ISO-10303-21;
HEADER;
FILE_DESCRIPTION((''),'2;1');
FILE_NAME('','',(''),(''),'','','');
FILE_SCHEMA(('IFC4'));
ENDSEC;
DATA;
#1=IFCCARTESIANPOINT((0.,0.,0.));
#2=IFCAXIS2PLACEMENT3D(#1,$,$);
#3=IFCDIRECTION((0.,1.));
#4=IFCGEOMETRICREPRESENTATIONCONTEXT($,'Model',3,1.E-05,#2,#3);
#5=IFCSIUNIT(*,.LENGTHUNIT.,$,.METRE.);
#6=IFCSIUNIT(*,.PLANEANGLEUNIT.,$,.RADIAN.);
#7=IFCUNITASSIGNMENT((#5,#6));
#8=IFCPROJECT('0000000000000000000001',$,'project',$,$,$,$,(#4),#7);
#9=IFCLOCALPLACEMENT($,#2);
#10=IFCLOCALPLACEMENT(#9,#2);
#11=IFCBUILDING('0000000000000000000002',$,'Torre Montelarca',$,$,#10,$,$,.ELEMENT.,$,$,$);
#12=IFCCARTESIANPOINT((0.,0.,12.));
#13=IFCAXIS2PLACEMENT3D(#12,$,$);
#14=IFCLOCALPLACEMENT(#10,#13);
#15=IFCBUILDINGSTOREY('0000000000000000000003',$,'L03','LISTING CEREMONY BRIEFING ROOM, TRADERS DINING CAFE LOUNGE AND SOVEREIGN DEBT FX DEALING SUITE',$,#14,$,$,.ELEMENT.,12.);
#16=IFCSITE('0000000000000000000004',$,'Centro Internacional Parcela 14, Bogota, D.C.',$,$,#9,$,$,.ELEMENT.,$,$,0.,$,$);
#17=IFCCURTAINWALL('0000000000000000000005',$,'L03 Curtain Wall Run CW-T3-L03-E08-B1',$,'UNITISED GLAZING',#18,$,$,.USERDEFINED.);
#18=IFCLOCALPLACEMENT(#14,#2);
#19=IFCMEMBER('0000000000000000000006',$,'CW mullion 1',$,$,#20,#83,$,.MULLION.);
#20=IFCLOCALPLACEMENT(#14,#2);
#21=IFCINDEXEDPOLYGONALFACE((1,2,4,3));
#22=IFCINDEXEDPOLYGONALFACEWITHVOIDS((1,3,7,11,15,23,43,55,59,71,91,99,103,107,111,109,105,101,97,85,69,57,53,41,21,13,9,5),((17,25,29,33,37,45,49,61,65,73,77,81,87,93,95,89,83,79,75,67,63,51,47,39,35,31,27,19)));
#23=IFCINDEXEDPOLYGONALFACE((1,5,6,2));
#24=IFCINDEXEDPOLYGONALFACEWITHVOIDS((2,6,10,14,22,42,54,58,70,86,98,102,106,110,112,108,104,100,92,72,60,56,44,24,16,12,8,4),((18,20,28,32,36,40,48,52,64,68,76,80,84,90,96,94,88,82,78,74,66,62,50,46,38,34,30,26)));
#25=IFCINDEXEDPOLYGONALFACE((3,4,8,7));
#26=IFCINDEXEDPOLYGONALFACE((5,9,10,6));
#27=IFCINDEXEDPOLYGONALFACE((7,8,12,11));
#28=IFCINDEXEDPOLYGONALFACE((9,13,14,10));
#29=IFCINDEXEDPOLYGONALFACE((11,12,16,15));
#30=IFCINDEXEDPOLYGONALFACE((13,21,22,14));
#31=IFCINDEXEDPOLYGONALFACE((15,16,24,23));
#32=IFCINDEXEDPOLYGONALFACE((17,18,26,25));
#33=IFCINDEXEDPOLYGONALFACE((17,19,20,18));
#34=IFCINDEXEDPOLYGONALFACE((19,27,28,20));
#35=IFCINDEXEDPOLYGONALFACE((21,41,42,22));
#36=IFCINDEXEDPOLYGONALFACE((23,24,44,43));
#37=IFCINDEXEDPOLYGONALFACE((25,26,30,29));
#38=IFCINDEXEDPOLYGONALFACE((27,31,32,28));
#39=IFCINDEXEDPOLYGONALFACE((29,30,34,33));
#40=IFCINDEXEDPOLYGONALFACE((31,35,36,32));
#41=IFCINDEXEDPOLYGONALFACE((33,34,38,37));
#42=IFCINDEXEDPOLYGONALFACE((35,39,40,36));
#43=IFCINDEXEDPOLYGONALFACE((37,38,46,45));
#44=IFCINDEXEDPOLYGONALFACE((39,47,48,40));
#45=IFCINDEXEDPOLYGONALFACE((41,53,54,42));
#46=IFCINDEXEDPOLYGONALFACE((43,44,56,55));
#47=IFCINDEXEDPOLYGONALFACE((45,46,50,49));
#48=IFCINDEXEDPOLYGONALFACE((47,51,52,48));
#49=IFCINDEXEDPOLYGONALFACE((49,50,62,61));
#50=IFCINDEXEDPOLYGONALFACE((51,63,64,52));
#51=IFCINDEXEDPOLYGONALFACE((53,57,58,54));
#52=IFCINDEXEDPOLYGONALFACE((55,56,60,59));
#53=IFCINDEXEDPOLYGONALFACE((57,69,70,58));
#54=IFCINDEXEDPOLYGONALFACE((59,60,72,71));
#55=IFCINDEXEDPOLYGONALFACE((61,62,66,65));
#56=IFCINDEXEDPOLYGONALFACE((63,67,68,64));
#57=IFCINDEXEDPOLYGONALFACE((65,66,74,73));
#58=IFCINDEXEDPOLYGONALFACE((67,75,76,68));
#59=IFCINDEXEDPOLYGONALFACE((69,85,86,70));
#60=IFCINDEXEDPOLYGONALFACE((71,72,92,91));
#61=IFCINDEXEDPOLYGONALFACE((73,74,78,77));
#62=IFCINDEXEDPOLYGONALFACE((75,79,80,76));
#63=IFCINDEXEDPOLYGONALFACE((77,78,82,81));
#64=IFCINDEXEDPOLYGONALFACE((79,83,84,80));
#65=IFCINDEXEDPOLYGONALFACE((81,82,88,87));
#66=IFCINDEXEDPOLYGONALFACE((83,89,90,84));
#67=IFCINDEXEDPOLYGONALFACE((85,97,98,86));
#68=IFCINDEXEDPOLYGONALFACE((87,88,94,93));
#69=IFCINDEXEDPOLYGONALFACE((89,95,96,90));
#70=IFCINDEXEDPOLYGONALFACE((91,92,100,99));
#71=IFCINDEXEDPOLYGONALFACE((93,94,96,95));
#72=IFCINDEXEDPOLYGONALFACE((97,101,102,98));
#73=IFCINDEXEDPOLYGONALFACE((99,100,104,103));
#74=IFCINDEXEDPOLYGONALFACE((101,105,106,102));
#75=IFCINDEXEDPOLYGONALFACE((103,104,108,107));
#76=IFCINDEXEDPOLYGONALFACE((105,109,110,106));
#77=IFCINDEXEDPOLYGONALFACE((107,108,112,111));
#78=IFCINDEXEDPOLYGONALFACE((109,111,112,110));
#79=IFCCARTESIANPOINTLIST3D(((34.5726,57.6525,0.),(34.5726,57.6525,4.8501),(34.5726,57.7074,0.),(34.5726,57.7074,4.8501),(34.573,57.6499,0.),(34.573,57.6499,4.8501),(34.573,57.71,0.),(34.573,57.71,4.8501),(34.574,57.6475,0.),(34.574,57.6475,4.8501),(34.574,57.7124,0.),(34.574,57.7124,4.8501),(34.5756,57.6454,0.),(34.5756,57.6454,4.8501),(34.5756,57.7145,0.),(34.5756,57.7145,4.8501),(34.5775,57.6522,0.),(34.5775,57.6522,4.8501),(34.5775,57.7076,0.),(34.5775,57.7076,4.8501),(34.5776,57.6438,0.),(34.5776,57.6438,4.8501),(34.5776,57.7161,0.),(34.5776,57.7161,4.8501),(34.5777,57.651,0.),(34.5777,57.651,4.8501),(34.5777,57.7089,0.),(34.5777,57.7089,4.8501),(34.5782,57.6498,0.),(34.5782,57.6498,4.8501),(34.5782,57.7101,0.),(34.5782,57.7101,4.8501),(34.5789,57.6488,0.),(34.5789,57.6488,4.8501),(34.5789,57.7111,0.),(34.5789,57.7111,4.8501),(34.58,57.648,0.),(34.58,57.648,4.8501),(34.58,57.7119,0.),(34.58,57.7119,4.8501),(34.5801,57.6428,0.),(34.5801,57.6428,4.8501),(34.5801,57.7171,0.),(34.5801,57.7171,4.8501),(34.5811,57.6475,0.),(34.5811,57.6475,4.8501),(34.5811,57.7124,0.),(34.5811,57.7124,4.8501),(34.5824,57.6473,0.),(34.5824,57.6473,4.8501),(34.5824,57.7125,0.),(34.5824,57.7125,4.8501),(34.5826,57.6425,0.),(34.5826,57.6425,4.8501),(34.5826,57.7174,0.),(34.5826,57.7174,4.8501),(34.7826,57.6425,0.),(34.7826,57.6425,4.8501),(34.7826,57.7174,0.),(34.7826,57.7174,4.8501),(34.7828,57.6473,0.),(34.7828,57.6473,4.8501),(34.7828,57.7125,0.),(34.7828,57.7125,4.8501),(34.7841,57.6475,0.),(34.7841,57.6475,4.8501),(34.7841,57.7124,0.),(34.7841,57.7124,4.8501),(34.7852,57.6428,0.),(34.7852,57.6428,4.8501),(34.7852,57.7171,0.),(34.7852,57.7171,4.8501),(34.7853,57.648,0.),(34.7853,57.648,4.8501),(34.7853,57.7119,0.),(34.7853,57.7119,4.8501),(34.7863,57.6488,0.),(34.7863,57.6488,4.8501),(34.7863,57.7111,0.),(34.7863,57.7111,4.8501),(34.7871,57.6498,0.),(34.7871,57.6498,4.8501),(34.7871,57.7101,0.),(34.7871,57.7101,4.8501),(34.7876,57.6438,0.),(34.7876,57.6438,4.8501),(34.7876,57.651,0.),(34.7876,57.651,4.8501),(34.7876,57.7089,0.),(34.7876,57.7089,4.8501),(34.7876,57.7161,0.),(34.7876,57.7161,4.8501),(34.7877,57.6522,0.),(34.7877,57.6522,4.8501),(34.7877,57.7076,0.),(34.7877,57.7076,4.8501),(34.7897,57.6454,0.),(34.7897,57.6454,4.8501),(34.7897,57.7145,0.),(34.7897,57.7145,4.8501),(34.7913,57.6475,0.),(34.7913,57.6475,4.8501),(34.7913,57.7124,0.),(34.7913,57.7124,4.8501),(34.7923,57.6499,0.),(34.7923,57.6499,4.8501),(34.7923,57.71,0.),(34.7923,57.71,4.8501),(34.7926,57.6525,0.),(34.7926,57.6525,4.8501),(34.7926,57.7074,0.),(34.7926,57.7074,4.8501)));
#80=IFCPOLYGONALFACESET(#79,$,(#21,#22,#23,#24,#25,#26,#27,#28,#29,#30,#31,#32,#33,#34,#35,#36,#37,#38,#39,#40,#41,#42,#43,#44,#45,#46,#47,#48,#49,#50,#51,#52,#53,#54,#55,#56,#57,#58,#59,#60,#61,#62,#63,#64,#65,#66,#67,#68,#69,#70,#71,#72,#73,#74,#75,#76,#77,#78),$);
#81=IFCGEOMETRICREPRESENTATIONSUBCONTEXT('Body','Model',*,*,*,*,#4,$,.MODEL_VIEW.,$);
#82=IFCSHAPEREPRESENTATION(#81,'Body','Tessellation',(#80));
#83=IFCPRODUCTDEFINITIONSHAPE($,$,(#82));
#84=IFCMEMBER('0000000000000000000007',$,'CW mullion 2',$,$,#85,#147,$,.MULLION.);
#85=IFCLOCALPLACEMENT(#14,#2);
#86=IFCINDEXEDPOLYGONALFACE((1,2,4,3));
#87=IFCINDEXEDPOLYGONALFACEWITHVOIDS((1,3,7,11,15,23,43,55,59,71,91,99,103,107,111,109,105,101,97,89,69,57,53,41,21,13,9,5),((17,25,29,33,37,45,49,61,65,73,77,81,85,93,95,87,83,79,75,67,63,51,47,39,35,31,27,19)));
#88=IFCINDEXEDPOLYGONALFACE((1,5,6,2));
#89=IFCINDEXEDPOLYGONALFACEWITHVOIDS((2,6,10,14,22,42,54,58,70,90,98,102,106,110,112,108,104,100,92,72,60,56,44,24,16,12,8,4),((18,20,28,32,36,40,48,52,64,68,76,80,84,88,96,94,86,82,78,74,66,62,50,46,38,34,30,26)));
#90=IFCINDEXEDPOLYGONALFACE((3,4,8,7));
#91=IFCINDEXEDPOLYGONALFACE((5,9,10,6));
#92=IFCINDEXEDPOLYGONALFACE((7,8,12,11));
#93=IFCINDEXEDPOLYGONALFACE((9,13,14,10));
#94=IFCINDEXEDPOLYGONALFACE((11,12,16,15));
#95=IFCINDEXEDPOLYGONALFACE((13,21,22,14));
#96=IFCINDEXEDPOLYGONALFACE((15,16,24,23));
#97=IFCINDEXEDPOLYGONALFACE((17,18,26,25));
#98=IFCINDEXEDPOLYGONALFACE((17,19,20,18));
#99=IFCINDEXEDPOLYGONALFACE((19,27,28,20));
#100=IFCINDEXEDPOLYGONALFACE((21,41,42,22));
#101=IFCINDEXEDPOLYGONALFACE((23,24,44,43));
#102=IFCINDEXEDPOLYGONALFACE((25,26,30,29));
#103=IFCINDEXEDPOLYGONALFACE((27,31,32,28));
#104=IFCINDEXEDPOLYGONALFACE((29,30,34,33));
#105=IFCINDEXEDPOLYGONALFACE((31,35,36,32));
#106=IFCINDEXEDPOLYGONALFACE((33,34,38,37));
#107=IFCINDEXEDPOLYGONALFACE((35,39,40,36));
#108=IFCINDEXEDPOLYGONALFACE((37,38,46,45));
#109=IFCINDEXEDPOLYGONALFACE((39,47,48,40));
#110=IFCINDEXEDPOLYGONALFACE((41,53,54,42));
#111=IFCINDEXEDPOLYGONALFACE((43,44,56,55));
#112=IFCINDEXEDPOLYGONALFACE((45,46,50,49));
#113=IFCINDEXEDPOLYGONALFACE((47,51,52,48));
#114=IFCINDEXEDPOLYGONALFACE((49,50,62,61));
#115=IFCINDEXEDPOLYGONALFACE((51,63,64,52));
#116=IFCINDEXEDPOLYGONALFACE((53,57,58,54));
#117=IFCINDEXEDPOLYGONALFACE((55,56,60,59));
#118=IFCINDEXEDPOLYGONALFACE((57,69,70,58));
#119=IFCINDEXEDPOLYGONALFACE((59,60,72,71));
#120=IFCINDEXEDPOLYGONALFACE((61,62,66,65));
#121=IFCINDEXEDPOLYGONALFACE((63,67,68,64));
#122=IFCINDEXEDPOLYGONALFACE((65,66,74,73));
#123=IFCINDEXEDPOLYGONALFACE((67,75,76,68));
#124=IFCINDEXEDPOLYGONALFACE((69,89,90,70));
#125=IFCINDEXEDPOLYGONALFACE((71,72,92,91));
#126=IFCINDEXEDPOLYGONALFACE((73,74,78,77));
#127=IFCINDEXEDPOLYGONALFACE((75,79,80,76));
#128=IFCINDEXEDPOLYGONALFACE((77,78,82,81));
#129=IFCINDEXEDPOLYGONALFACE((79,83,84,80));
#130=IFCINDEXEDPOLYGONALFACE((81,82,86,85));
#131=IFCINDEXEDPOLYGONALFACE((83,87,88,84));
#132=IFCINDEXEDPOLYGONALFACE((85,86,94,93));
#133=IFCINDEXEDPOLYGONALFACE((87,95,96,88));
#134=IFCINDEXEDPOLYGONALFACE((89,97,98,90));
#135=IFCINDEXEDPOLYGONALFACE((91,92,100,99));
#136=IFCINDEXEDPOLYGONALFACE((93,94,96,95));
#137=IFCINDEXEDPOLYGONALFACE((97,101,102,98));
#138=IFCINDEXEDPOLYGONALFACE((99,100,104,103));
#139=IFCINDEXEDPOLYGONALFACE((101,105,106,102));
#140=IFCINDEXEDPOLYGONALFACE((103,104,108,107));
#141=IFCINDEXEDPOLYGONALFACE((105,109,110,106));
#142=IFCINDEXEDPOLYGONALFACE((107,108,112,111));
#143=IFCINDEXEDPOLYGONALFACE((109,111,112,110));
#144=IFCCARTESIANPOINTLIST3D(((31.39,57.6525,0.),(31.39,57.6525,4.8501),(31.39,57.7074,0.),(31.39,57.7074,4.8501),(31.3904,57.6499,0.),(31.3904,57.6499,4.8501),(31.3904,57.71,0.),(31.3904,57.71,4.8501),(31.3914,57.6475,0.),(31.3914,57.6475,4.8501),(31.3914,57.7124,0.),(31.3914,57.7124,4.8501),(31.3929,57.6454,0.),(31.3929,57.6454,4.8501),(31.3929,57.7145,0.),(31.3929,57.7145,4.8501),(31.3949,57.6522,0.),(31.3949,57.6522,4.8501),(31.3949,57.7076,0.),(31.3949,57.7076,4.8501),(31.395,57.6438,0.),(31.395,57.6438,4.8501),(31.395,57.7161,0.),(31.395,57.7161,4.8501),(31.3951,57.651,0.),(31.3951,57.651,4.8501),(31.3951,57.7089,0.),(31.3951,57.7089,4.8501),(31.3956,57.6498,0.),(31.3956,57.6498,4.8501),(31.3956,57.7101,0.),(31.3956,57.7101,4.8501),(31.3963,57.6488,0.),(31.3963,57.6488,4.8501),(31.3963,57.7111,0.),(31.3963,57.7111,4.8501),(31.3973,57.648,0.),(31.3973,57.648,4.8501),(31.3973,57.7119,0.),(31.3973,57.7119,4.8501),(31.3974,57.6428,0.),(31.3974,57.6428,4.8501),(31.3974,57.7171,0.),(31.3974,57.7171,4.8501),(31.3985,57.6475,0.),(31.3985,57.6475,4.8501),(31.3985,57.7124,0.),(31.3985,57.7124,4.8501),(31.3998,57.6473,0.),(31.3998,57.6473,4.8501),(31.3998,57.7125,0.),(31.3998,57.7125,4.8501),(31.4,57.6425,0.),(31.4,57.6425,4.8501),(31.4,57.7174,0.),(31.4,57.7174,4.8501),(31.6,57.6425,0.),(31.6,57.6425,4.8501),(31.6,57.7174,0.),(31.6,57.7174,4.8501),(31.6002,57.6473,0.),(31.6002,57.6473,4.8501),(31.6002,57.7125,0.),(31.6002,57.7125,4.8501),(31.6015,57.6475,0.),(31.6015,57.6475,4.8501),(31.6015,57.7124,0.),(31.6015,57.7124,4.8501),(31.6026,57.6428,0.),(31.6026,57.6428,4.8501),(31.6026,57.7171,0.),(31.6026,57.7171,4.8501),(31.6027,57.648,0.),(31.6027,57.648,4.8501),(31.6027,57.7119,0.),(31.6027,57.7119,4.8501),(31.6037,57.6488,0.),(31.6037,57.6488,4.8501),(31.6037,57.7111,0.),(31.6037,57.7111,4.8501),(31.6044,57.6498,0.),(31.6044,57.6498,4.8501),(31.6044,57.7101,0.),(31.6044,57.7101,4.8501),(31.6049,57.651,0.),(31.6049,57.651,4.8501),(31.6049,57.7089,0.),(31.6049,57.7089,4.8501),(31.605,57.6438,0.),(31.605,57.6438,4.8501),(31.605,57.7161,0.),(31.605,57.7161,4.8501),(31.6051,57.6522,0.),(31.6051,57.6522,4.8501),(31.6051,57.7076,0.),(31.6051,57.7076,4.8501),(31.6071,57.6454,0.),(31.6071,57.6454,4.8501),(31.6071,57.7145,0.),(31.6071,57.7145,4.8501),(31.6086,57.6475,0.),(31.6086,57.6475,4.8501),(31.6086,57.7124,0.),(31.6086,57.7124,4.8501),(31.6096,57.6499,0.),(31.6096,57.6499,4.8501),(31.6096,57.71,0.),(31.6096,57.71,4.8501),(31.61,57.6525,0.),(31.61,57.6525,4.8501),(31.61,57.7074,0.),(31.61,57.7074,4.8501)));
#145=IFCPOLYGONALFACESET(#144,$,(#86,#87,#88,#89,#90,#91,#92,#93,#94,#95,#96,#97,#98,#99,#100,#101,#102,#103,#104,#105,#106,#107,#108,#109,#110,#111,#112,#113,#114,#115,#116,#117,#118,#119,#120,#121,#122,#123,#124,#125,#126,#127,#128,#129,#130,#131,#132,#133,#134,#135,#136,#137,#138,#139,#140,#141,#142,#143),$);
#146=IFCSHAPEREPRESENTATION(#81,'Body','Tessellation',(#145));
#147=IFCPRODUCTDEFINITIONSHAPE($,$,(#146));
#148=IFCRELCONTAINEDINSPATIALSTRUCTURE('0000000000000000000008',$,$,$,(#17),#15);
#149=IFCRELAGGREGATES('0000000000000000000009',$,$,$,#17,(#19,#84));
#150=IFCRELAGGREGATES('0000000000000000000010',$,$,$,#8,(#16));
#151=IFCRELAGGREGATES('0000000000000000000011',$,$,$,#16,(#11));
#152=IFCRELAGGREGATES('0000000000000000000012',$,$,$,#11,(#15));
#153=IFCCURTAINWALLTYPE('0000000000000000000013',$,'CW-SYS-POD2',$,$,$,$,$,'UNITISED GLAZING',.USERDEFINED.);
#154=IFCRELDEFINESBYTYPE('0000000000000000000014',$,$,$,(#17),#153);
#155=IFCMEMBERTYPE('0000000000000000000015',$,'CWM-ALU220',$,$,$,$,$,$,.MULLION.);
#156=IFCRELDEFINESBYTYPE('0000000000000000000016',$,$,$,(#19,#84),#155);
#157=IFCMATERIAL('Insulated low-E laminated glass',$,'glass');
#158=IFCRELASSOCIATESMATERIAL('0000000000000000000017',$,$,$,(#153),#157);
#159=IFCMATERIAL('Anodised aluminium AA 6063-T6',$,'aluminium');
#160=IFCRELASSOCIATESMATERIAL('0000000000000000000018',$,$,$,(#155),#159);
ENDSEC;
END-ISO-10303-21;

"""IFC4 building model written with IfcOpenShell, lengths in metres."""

from ifc_helpers import new_model, si_unit, direction, frame, origin, origin_2d, place, context, subcontext, project, spatial, hollow_rectangle, extrude, source, transform, mapped, material, material_profile, profile_set, type_object, element, aggregate, save


model = new_model("IFC4")

# Units and contexts
model_context = context("Model", 3, precision=1e-05, world=origin(), true_north=direction((0.0, 1.0)))
body_context = subcontext(model_context, "Body", "Model", "MODEL_VIEW")
ifc_project = project(units=[si_unit("LENGTHUNIT", "METRE"), si_unit("PLANEANGLEUNIT", "RADIAN")], contexts=[model_context])

# Site, building, storey
site_placement = place(None, origin())
site = spatial("IfcSite", under=ifc_project, at=site_placement, Name="Centro Internacional Parcela 14, Bogota, D.C.", CompositionType="ELEMENT", RefElevation=0.0)
building_placement = place(site_placement, origin())
building = spatial("IfcBuilding", under=site, at=building_placement, Name="Torre Montelarca", CompositionType="ELEMENT")
storey_placement = place(building_placement, frame((0.0, 0.0, 12.0)))
storey = spatial("IfcBuildingStorey", under=building, at=storey_placement, Name="L03", Description="LISTING CEREMONY BRIEFING ROOM, TRADERS DINING CAFE LOUNGE AND SOVEREIGN DEBT FX DEALING SUITE", CompositionType="ELEMENT", Elevation=12.0)

# Curtain wall, members
ifc_material_1 = material(Name="Insulated low-E laminated glass", Category="glass")
curtain_wall_type = type_object("IfcCurtainWallType", Name="CW-SYS-POD2", ElementType="UNITISED GLAZING", PredefinedType="USERDEFINED", material=ifc_material_1)
curtain_wall_placement = place(storey_placement, origin())
curtain_wall = element("IfcCurtainWall", 1, at=curtain_wall_placement, inside=storey, type_object=curtain_wall_type, Name="L03 Curtain Wall Run CW-T3-L03-E08-B1", ObjectType="UNITISED GLAZING", PredefinedType="USERDEFINED")
ifc_material_2 = material(Name="Anodised aluminium AA 6063-T6", Category="aluminium")
ifc_material_profile_1 = material_profile(ifc_material_2, hollow_rectangle(XDim=0.075, YDim=0.22, WallThickness=0.0049, InnerFilletRadius=0.0049, OuterFilletRadius=0.01, at=origin_2d()), Name="ALU75X220X5", Category="aluminium")
ifc_profile_set_1 = profile_set([ifc_material_profile_1], Name="Anodised aluminium AA 6063-T6")
member_type_1 = type_object("IfcMemberType", Name="CWM-ALU220", PredefinedType="MULLION", material=ifc_profile_set_1)
shared_shape_1 = source(origin(), body_context, "Body", "SweptSolid", [
    extrude(hollow_rectangle(XDim=0.075, YDim=0.22, WallThickness=0.0049, InnerFilletRadius=0.0049, OuterFilletRadius=0.01, at=origin_2d()), origin(), (0.0, 0.0, 1.0), 4.8501),
])
member_1_placement = place(storey_placement, frame((34.6826, 57.6799, 0.0), z_axis=(0.0, 0.0, 1.0), x_axis=(0.0, -1.0, 0.0)))
member_1 = element("IfcMember", 2, at=member_1_placement, type_object=member_type_1, Name="CW mullion 1", PredefinedType="MULLION", context=body_context, shape_type="MappedRepresentation", body=[
    mapped(shared_shape_1, transform((0.0, 0.0, 0.0), scale=1.0)),
])
member_2_placement = place(storey_placement, frame((31.5, 57.6799, 0.0), z_axis=(0.0, 0.0, 1.0), x_axis=(0.0, -1.0, 0.0)))
member_2 = element("IfcMember", 3, at=member_2_placement, type_object=member_type_1, Name="CW mullion 2", PredefinedType="MULLION", context=body_context, shape_type="MappedRepresentation", body=[
    mapped(shared_shape_1, transform((0.0, 0.0, 0.0), scale=1.0)),
])
aggregate(curtain_wall, [member_1, member_2])

save(model, "model.ifc")
